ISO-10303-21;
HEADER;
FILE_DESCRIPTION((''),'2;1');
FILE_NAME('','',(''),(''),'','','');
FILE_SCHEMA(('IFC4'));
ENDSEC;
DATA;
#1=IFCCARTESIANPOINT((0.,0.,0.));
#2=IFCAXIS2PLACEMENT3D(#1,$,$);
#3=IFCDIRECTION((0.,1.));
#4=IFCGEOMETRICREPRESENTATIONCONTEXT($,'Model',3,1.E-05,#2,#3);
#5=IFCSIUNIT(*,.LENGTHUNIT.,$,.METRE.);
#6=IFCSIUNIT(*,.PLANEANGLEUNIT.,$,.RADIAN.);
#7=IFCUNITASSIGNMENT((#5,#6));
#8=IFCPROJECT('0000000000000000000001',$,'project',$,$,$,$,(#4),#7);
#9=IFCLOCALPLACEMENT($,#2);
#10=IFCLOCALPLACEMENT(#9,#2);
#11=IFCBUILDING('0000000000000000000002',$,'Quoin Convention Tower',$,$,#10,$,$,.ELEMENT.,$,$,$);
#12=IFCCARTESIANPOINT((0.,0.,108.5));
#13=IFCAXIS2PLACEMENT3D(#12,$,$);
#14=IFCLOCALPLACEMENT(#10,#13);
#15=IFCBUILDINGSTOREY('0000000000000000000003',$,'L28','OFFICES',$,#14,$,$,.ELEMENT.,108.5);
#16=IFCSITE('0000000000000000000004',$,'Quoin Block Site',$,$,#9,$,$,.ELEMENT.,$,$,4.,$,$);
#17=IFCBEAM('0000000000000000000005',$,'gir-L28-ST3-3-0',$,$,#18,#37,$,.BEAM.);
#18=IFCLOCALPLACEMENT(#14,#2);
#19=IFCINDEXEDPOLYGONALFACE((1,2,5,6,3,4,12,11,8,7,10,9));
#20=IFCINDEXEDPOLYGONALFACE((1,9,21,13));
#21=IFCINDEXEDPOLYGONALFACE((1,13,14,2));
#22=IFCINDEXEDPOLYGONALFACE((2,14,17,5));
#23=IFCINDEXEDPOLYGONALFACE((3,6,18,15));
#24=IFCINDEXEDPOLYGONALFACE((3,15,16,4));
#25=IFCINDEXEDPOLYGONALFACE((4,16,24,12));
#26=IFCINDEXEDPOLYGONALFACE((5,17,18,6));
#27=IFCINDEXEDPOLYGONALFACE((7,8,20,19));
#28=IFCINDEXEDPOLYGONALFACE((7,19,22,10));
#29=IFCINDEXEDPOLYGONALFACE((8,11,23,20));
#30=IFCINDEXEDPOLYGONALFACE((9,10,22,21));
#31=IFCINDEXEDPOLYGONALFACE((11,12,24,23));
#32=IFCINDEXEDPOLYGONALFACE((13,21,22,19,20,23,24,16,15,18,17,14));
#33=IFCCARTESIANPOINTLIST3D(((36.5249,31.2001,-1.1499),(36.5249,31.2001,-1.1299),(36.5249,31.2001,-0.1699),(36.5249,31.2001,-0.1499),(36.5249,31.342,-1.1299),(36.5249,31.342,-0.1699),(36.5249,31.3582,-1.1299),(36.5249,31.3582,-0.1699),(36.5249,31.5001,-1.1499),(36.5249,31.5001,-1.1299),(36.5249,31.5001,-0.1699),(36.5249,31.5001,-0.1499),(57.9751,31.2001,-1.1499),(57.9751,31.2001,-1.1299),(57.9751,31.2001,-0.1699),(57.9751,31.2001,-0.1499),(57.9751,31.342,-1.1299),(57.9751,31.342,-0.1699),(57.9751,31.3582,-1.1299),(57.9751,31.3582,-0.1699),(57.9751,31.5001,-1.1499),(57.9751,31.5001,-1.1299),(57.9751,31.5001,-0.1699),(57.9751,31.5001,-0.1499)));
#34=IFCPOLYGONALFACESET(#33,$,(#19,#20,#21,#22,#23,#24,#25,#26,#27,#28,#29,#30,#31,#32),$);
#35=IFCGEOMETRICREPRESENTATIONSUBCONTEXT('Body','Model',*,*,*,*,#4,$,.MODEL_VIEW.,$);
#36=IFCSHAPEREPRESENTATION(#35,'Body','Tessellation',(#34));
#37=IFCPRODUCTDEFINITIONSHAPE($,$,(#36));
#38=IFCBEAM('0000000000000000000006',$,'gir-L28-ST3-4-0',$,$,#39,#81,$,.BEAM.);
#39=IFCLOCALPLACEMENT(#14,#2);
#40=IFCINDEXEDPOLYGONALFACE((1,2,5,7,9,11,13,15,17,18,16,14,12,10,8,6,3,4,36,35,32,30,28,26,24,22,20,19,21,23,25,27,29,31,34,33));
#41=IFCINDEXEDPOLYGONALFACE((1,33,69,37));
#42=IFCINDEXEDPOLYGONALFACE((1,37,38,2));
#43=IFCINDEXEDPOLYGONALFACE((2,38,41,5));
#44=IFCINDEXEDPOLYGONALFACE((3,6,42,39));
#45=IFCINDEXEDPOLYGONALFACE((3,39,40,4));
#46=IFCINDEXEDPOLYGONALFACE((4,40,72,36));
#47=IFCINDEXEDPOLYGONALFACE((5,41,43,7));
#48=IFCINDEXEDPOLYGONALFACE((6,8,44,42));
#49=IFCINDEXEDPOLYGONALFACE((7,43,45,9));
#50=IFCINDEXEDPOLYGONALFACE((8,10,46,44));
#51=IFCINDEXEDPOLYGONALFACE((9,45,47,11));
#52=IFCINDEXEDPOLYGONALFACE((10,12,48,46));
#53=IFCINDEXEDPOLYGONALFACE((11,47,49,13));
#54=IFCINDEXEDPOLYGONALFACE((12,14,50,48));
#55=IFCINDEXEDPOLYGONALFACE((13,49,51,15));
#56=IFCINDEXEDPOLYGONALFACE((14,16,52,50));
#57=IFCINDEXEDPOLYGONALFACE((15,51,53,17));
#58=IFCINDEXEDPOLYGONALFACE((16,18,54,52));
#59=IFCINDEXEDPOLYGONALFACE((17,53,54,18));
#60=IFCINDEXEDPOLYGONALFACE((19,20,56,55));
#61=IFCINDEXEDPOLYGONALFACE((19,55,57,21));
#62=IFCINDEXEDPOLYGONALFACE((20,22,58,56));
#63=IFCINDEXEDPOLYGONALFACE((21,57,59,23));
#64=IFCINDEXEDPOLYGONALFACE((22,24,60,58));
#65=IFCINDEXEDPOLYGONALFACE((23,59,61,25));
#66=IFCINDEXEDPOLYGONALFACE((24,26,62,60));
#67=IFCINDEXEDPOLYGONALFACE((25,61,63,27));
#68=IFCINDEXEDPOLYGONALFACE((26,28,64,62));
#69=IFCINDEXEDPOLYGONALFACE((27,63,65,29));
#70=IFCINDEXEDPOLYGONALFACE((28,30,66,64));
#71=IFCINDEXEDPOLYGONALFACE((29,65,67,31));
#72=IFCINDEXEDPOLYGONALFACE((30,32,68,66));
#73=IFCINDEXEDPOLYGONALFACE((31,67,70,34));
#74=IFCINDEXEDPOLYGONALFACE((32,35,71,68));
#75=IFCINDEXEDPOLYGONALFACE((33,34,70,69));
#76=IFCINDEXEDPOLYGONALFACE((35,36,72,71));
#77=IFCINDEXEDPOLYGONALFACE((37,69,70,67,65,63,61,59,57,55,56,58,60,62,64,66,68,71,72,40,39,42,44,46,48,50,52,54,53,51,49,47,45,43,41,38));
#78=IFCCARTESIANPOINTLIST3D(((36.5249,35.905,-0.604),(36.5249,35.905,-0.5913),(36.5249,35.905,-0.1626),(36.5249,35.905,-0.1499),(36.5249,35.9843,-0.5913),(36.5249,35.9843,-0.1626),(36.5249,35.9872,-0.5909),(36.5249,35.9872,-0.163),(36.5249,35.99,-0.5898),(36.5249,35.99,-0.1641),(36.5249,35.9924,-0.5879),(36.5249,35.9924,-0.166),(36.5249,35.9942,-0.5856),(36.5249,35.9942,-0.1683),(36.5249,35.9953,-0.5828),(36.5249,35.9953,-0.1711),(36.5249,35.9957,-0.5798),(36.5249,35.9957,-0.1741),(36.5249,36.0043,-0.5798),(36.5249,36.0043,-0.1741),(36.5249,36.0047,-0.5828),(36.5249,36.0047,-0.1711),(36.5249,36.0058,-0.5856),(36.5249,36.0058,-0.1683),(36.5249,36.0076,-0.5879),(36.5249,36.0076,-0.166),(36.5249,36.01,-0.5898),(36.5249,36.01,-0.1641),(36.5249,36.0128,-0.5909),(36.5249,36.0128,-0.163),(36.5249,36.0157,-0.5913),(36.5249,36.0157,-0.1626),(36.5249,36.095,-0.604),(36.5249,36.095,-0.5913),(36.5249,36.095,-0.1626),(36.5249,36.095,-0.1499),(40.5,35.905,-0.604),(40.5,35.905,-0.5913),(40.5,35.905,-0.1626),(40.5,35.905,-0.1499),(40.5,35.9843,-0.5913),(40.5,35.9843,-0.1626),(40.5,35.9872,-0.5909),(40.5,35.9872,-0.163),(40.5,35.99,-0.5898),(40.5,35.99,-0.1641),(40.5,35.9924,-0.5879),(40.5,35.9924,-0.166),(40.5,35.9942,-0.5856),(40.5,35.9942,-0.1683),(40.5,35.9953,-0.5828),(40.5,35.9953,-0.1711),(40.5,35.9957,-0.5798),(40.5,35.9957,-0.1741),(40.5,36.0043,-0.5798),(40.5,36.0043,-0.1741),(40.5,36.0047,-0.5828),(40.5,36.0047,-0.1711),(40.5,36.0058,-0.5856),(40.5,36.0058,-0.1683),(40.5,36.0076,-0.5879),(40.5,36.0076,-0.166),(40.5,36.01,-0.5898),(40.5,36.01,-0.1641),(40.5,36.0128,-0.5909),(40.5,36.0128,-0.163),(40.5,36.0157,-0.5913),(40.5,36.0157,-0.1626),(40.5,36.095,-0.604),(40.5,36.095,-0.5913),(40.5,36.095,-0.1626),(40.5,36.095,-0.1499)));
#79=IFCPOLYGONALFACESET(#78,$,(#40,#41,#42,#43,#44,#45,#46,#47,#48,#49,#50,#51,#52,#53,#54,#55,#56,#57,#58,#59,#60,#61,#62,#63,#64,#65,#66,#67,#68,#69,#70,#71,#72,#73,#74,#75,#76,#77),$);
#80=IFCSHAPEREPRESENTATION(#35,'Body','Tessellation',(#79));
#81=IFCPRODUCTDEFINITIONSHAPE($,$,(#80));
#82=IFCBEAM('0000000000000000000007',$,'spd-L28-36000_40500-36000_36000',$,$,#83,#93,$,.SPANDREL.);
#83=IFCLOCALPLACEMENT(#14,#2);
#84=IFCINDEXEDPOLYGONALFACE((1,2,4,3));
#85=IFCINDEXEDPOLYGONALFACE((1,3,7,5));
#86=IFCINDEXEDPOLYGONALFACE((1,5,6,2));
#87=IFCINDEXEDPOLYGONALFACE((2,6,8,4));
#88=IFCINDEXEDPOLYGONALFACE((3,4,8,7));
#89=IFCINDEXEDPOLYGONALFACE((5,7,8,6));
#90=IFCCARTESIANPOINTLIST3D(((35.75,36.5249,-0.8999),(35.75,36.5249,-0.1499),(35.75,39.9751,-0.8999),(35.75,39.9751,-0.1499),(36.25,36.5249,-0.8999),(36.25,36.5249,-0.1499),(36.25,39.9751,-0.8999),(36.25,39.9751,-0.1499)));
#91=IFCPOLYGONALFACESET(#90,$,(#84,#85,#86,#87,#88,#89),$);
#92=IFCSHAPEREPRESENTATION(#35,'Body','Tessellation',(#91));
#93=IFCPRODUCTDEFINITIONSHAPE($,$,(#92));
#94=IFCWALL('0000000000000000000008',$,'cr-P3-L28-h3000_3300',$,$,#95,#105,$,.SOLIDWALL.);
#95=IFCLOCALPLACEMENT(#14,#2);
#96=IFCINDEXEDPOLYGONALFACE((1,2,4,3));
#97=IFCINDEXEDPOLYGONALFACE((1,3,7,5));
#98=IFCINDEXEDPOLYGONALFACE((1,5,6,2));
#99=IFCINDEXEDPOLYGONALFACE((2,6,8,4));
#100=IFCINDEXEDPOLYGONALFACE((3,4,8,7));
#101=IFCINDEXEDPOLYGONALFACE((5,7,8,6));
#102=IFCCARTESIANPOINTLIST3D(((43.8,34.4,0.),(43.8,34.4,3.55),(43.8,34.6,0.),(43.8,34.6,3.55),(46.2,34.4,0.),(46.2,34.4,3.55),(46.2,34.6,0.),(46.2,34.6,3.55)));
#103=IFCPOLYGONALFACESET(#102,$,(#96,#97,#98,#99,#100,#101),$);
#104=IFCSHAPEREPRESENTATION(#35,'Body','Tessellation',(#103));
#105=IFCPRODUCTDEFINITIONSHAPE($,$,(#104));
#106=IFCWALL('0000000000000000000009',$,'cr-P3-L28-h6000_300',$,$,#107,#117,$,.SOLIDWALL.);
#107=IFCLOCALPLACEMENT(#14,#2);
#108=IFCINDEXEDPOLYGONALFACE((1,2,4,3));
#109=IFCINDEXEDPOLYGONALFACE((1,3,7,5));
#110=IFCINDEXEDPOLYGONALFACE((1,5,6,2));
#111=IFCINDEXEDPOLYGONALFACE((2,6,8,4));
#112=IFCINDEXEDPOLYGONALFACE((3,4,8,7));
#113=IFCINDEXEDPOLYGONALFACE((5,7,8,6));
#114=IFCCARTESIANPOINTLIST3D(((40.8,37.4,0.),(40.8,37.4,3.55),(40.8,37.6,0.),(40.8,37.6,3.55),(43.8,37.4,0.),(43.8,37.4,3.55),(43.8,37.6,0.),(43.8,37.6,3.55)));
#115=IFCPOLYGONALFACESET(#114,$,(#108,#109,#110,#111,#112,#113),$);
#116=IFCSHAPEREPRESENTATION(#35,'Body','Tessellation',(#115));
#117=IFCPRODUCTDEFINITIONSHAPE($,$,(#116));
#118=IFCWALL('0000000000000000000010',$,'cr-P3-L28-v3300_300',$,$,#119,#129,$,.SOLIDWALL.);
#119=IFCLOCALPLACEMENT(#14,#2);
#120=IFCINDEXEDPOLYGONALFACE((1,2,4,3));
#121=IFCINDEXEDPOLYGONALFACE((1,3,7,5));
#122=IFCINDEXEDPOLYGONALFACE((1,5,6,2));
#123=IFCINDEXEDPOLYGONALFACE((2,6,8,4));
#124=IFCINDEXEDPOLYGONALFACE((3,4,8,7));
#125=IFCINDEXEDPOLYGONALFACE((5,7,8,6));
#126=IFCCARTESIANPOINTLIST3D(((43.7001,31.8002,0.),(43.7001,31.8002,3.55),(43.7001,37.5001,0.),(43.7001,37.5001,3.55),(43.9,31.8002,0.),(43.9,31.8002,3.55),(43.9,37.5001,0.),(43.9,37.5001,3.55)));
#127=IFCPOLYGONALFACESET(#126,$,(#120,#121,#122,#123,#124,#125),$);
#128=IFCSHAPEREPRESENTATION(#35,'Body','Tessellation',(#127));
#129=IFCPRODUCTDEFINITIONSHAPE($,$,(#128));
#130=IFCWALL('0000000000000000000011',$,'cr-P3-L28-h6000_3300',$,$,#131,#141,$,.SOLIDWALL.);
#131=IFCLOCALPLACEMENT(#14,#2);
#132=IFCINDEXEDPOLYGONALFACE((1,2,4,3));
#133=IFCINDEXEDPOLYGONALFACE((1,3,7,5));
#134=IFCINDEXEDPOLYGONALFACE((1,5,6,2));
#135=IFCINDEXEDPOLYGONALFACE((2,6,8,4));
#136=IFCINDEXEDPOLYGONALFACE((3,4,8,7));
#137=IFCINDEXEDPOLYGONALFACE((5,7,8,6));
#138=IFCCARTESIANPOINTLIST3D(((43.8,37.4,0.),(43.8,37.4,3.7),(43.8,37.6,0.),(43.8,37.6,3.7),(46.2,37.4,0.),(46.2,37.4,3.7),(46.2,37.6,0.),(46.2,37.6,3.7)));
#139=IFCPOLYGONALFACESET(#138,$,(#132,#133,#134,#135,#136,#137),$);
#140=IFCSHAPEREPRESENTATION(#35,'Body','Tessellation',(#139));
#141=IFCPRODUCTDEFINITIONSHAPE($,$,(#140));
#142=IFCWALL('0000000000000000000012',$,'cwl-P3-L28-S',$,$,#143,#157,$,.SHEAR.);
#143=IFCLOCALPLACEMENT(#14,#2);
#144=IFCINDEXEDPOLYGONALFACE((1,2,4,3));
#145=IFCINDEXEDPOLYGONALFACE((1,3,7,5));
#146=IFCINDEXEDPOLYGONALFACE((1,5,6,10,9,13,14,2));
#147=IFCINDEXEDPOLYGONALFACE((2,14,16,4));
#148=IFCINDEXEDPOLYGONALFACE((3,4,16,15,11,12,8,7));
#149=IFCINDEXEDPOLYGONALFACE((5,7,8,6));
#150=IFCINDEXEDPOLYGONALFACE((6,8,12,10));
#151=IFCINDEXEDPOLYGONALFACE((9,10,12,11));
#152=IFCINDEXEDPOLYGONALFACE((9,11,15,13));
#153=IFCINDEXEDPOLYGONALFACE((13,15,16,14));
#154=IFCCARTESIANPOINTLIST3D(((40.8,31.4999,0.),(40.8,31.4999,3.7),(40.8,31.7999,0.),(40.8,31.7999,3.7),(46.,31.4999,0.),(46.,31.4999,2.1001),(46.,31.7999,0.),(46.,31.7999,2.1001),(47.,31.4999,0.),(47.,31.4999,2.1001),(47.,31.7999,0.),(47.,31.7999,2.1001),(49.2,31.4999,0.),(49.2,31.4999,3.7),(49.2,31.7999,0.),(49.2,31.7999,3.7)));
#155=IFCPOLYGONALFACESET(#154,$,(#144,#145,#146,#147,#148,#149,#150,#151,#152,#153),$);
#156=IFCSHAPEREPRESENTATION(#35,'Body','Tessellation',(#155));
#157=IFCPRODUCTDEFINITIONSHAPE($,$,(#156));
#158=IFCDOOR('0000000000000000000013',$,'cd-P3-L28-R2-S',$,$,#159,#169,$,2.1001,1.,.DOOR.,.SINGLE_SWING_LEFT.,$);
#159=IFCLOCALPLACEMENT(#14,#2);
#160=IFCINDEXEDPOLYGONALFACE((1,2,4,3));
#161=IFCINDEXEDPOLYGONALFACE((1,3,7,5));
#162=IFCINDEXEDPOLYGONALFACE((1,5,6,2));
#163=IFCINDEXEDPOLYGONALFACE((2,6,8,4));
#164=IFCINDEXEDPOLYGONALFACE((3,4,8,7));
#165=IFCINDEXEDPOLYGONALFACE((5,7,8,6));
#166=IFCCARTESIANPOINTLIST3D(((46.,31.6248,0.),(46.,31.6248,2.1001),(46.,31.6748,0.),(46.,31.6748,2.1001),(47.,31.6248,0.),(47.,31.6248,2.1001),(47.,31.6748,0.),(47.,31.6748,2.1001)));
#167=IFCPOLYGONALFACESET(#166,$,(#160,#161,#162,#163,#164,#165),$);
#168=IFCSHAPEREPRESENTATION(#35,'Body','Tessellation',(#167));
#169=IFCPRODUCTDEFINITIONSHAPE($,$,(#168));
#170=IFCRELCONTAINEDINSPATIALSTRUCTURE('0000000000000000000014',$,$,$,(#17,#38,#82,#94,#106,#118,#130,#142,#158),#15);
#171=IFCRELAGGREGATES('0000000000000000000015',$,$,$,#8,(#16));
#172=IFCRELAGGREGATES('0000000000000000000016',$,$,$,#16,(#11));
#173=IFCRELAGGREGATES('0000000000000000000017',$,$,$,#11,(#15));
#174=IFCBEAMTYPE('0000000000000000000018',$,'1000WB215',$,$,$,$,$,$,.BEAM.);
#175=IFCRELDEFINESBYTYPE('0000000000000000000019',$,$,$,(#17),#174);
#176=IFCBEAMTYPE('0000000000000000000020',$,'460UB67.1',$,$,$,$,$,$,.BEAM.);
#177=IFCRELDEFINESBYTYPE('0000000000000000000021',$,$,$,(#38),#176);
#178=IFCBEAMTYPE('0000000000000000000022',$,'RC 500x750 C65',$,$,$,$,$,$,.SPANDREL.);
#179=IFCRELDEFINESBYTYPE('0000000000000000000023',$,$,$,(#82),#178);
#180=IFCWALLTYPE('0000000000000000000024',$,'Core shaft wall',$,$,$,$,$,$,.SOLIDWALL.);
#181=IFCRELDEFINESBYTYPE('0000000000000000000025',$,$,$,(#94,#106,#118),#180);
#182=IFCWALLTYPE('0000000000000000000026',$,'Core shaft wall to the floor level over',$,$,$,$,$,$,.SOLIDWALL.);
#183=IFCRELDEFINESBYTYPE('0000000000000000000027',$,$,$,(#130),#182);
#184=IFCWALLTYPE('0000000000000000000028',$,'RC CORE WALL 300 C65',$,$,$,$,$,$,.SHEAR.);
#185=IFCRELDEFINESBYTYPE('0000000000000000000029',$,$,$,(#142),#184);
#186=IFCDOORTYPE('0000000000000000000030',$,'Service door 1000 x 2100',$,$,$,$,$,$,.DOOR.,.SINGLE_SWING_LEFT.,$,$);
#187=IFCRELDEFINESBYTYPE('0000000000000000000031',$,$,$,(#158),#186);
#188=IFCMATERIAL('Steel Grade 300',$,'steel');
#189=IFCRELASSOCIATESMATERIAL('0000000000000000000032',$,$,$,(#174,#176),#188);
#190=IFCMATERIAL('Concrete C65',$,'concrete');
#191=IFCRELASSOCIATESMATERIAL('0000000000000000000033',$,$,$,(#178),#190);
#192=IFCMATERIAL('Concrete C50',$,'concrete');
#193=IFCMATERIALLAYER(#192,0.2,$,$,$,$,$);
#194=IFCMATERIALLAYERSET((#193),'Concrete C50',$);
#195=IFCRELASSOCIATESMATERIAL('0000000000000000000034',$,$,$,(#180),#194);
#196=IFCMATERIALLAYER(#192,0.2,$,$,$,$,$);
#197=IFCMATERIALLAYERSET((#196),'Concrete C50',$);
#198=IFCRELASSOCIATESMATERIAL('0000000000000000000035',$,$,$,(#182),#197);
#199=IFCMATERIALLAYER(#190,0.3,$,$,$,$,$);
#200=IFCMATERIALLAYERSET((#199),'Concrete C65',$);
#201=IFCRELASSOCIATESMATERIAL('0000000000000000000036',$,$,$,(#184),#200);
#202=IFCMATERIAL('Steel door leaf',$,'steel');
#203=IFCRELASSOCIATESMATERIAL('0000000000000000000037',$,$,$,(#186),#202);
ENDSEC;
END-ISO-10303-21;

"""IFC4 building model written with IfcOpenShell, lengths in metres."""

from ifc_helpers import new_model, si_unit, direction, frame, frame_2d, origin, origin_2d, place, context, subcontext, project, spatial, rectangle, i_section, extrude, material, layer, layer_set, material_profile, profile_set, type_object, element, fill, save


model = new_model("IFC4")

# Units and contexts
model_context = context("Model", 3, precision=1e-05, world=origin(), true_north=direction((0.0, 1.0)))
body_context = subcontext(model_context, "Body", "Model", "MODEL_VIEW")
ifc_project = project(units=[si_unit("LENGTHUNIT", "METRE"), si_unit("PLANEANGLEUNIT", "RADIAN")], contexts=[model_context])

# Site, building, storey
site_placement = place(None, origin())
site = spatial("IfcSite", under=ifc_project, at=site_placement, Name="Quoin Block Site", CompositionType="ELEMENT", RefElevation=4.0)
building_placement = place(site_placement, origin())
building = spatial("IfcBuilding", under=site, at=building_placement, Name="Quoin Convention Tower", CompositionType="ELEMENT")
storey_placement = place(building_placement, frame((0.0, 0.0, 108.5)))
storey = spatial("IfcBuildingStorey", under=building, at=storey_placement, Name="L28", Description="OFFICES", CompositionType="ELEMENT", Elevation=108.5)

# Beams
ifc_material_1 = material(Name="Steel Grade 300", Category="steel")
ifc_material_profile_1 = material_profile(ifc_material_1, i_section(OverallWidth=0.3, OverallDepth=1.0, WebThickness=0.0161, FlangeThickness=0.02, at=origin_2d()), Name="1000WB215")
ifc_profile_set_1 = profile_set([ifc_material_profile_1], Name="Steel Grade 300")
beam_type_1 = type_object("IfcBeamType", Name="1000WB215", PredefinedType="BEAM", material=ifc_profile_set_1)
beam_1_placement = place(storey_placement, frame((36.5249, 31.3501, -0.6499), z_axis=(1.0, 0.0, 0.0), x_axis=(0.0, 1.0, 0.0)))
element("IfcBeam", 1, at=beam_1_placement, inside=storey, type_object=beam_type_1, Name="gir-L28-ST3-3-0", PredefinedType="BEAM", context=body_context, shape_type="SweptSolid", body=[
    extrude(i_section(OverallWidth=0.3, OverallDepth=1.0, WebThickness=0.0161, FlangeThickness=0.02, at=origin_2d()), origin(), (0.0, 0.0, 1.0), 21.4502),
])
ifc_material_profile_2 = material_profile(ifc_material_1, i_section(OverallWidth=0.1899, OverallDepth=0.4541, WebThickness=0.0085, FlangeThickness=0.0127, FilletRadius=0.0115, at=origin_2d()), Name="460UB67.1")
ifc_profile_set_2 = profile_set([ifc_material_profile_2], Name="Steel Grade 300")
beam_type_2 = type_object("IfcBeamType", Name="460UB67.1", PredefinedType="BEAM", material=ifc_profile_set_2)
beam_2_placement = place(storey_placement, frame((36.5249, 36.0, -0.377), z_axis=(1.0, 0.0, 0.0), x_axis=(0.0, 1.0, 0.0)))
element("IfcBeam", 2, at=beam_2_placement, inside=storey, type_object=beam_type_2, Name="gir-L28-ST3-4-0", PredefinedType="BEAM", context=body_context, shape_type="SweptSolid", body=[
    extrude(i_section(OverallWidth=0.1899, OverallDepth=0.4541, WebThickness=0.0085, FlangeThickness=0.0127, FilletRadius=0.0115, at=origin_2d()), origin(), (0.0, 0.0, 1.0), 3.9751),
])
ifc_material_2 = material(Name="Concrete C65", Category="concrete")
ifc_material_profile_3 = material_profile(ifc_material_2, rectangle(XDim=0.5, YDim=0.75, at=origin_2d()), Name="RC 500x750")
ifc_profile_set_3 = profile_set([ifc_material_profile_3], Name="Concrete C65")
beam_type_3 = type_object("IfcBeamType", Name="RC 500x750 C65", PredefinedType="SPANDREL", material=ifc_profile_set_3)
beam_3_placement = place(storey_placement, frame((36.0, 39.9751, -0.5249), z_axis=(0.0, -1.0, 0.0), x_axis=(1.0, 0.0, 0.0)))
element("IfcBeam", 3, at=beam_3_placement, inside=storey, type_object=beam_type_3, Name="spd-L28-36000_40500-36000_36000", PredefinedType="SPANDREL", context=body_context, shape_type="SweptSolid", body=[
    extrude(rectangle(XDim=0.5, YDim=0.75, at=origin_2d()), origin(), (0.0, 0.0, 1.0), 3.4502),
])

# Walls
ifc_material_3 = material(Name="Concrete C50", Category="concrete")
ifc_layer_1 = layer(ifc_material_3, 0.2)
ifc_layer_set_1 = layer_set([ifc_layer_1], Name="Concrete C50")
wall_type_1 = type_object("IfcWallType", Name="Core shaft wall", PredefinedType="SOLIDWALL", material=ifc_layer_set_1)
wall_1_placement = place(storey_placement, frame((43.8, 34.5, 0.0), z_axis=(0.0, 0.0, 1.0), x_axis=(1.0, 0.0, 0.0)))
element("IfcWall", 4, at=wall_1_placement, inside=storey, type_object=wall_type_1, Name="cr-P3-L28-h3000_3300", PredefinedType="SOLIDWALL", context=body_context, shape_type="SweptSolid", body=[
    extrude(rectangle(XDim=2.3999, YDim=0.2, at=frame_2d((1.2, 0.0))), origin(), (0.0, 0.0, 1.0), 3.55),
])
wall_2_placement = place(storey_placement, frame((40.8, 37.5, 0.0), z_axis=(0.0, 0.0, 1.0), x_axis=(1.0, 0.0, 0.0)))
element("IfcWall", 5, at=wall_2_placement, inside=storey, type_object=wall_type_1, Name="cr-P3-L28-h6000_300", PredefinedType="SOLIDWALL", context=body_context, shape_type="SweptSolid", body=[
    extrude(rectangle(XDim=3.0, YDim=0.2, at=frame_2d((1.5, 0.0))), origin(), (0.0, 0.0, 1.0), 3.55),
])
wall_3_placement = place(storey_placement, frame((43.8, 31.8, 0.0), z_axis=(0.0, 0.0, 1.0), x_axis=(0.0, 1.0, 0.0)))
element("IfcWall", 6, at=wall_3_placement, inside=storey, type_object=wall_type_1, Name="cr-P3-L28-v3300_300", PredefinedType="SOLIDWALL", context=body_context, shape_type="SweptSolid", body=[
    extrude(rectangle(XDim=5.7, YDim=0.2, at=frame_2d((2.8501, 0.0))), origin(), (0.0, 0.0, 1.0), 3.55),
])
ifc_layer_2 = layer(ifc_material_3, 0.2)
ifc_layer_set_2 = layer_set([ifc_layer_2], Name="Concrete C50")
wall_type_2 = type_object("IfcWallType", Name="Core shaft wall to the floor level over", PredefinedType="SOLIDWALL", material=ifc_layer_set_2)
wall_4_placement = place(storey_placement, frame((43.8, 37.5, 0.0), z_axis=(0.0, 0.0, 1.0), x_axis=(1.0, 0.0, 0.0)))
element("IfcWall", 7, at=wall_4_placement, inside=storey, type_object=wall_type_2, Name="cr-P3-L28-h6000_3300", PredefinedType="SOLIDWALL", context=body_context, shape_type="SweptSolid", body=[
    extrude(rectangle(XDim=2.3999, YDim=0.2, at=frame_2d((1.2, 0.0))), origin(), (0.0, 0.0, 1.0), 3.7),
])

# Wall, opening, door
ifc_layer_3 = layer(ifc_material_2, 0.3)
ifc_layer_set_3 = layer_set([ifc_layer_3], Name="Concrete C65")
wall_type_3 = type_object("IfcWallType", Name="RC CORE WALL 300 C65", PredefinedType="SHEAR", material=ifc_layer_set_3)
wall_5_placement = place(storey_placement, frame((40.8, 31.6499, 0.0), z_axis=(0.0, 0.0, 1.0), x_axis=(1.0, 0.0, 0.0)))
wall_5 = element("IfcWall", 8, at=wall_5_placement, inside=storey, type_object=wall_type_3, Name="cwl-P3-L28-S", PredefinedType="SHEAR", context=body_context, shape_type="SweptSolid", body=[
    extrude(rectangle(XDim=8.3999, YDim=0.3, at=frame_2d((4.2, 0.0))), origin(), (0.0, 0.0, 1.0), 3.7),
])
opening_1_placement = place(wall_5_placement, frame((5.2, 0.0, 0.0)))
opening_1 = element("IfcOpeningElement", 9, at=opening_1_placement, cuts=wall_5, PredefinedType="OPENING", context=body_context, shape_type="SweptSolid", body=[
    extrude(rectangle(XDim=1.0, YDim=2.1001, at=frame_2d((0.5, 1.05))), frame((0.0, 0.1599, 0.0), z_axis=(0.0, -1.0, 0.0), x_axis=(1.0, 0.0, 0.0)), (0.0, 0.0, 1.0), 0.3201),
])
ifc_material_4 = material(Name="Steel door leaf", Category="steel")
door_type_1 = type_object("IfcDoorType", Name="Service door 1000 x 2100", OperationType="SINGLE_SWING_LEFT", PredefinedType="DOOR", material=ifc_material_4)
door_1_placement = place(opening_1_placement, origin())
door_1 = element("IfcDoor", 10, at=door_1_placement, inside=storey, type_object=door_type_1, Name="cd-P3-L28-R2-S", OperationType="SINGLE_SWING_LEFT", OverallHeight=2.1001, OverallWidth=1.0, PredefinedType="DOOR", context=body_context, shape_type="SweptSolid", body=[
    extrude(rectangle(XDim=1.0, YDim=2.1001, at=frame_2d((0.5, 1.05))), frame((0.0, 0.0249, 0.0), z_axis=(0.0, -1.0, 0.0), x_axis=(1.0, 0.0, 0.0)), (0.0, 0.0, 1.0), 0.05),
])
fill(opening_1, door_1)

save(model, "model.ifc")
